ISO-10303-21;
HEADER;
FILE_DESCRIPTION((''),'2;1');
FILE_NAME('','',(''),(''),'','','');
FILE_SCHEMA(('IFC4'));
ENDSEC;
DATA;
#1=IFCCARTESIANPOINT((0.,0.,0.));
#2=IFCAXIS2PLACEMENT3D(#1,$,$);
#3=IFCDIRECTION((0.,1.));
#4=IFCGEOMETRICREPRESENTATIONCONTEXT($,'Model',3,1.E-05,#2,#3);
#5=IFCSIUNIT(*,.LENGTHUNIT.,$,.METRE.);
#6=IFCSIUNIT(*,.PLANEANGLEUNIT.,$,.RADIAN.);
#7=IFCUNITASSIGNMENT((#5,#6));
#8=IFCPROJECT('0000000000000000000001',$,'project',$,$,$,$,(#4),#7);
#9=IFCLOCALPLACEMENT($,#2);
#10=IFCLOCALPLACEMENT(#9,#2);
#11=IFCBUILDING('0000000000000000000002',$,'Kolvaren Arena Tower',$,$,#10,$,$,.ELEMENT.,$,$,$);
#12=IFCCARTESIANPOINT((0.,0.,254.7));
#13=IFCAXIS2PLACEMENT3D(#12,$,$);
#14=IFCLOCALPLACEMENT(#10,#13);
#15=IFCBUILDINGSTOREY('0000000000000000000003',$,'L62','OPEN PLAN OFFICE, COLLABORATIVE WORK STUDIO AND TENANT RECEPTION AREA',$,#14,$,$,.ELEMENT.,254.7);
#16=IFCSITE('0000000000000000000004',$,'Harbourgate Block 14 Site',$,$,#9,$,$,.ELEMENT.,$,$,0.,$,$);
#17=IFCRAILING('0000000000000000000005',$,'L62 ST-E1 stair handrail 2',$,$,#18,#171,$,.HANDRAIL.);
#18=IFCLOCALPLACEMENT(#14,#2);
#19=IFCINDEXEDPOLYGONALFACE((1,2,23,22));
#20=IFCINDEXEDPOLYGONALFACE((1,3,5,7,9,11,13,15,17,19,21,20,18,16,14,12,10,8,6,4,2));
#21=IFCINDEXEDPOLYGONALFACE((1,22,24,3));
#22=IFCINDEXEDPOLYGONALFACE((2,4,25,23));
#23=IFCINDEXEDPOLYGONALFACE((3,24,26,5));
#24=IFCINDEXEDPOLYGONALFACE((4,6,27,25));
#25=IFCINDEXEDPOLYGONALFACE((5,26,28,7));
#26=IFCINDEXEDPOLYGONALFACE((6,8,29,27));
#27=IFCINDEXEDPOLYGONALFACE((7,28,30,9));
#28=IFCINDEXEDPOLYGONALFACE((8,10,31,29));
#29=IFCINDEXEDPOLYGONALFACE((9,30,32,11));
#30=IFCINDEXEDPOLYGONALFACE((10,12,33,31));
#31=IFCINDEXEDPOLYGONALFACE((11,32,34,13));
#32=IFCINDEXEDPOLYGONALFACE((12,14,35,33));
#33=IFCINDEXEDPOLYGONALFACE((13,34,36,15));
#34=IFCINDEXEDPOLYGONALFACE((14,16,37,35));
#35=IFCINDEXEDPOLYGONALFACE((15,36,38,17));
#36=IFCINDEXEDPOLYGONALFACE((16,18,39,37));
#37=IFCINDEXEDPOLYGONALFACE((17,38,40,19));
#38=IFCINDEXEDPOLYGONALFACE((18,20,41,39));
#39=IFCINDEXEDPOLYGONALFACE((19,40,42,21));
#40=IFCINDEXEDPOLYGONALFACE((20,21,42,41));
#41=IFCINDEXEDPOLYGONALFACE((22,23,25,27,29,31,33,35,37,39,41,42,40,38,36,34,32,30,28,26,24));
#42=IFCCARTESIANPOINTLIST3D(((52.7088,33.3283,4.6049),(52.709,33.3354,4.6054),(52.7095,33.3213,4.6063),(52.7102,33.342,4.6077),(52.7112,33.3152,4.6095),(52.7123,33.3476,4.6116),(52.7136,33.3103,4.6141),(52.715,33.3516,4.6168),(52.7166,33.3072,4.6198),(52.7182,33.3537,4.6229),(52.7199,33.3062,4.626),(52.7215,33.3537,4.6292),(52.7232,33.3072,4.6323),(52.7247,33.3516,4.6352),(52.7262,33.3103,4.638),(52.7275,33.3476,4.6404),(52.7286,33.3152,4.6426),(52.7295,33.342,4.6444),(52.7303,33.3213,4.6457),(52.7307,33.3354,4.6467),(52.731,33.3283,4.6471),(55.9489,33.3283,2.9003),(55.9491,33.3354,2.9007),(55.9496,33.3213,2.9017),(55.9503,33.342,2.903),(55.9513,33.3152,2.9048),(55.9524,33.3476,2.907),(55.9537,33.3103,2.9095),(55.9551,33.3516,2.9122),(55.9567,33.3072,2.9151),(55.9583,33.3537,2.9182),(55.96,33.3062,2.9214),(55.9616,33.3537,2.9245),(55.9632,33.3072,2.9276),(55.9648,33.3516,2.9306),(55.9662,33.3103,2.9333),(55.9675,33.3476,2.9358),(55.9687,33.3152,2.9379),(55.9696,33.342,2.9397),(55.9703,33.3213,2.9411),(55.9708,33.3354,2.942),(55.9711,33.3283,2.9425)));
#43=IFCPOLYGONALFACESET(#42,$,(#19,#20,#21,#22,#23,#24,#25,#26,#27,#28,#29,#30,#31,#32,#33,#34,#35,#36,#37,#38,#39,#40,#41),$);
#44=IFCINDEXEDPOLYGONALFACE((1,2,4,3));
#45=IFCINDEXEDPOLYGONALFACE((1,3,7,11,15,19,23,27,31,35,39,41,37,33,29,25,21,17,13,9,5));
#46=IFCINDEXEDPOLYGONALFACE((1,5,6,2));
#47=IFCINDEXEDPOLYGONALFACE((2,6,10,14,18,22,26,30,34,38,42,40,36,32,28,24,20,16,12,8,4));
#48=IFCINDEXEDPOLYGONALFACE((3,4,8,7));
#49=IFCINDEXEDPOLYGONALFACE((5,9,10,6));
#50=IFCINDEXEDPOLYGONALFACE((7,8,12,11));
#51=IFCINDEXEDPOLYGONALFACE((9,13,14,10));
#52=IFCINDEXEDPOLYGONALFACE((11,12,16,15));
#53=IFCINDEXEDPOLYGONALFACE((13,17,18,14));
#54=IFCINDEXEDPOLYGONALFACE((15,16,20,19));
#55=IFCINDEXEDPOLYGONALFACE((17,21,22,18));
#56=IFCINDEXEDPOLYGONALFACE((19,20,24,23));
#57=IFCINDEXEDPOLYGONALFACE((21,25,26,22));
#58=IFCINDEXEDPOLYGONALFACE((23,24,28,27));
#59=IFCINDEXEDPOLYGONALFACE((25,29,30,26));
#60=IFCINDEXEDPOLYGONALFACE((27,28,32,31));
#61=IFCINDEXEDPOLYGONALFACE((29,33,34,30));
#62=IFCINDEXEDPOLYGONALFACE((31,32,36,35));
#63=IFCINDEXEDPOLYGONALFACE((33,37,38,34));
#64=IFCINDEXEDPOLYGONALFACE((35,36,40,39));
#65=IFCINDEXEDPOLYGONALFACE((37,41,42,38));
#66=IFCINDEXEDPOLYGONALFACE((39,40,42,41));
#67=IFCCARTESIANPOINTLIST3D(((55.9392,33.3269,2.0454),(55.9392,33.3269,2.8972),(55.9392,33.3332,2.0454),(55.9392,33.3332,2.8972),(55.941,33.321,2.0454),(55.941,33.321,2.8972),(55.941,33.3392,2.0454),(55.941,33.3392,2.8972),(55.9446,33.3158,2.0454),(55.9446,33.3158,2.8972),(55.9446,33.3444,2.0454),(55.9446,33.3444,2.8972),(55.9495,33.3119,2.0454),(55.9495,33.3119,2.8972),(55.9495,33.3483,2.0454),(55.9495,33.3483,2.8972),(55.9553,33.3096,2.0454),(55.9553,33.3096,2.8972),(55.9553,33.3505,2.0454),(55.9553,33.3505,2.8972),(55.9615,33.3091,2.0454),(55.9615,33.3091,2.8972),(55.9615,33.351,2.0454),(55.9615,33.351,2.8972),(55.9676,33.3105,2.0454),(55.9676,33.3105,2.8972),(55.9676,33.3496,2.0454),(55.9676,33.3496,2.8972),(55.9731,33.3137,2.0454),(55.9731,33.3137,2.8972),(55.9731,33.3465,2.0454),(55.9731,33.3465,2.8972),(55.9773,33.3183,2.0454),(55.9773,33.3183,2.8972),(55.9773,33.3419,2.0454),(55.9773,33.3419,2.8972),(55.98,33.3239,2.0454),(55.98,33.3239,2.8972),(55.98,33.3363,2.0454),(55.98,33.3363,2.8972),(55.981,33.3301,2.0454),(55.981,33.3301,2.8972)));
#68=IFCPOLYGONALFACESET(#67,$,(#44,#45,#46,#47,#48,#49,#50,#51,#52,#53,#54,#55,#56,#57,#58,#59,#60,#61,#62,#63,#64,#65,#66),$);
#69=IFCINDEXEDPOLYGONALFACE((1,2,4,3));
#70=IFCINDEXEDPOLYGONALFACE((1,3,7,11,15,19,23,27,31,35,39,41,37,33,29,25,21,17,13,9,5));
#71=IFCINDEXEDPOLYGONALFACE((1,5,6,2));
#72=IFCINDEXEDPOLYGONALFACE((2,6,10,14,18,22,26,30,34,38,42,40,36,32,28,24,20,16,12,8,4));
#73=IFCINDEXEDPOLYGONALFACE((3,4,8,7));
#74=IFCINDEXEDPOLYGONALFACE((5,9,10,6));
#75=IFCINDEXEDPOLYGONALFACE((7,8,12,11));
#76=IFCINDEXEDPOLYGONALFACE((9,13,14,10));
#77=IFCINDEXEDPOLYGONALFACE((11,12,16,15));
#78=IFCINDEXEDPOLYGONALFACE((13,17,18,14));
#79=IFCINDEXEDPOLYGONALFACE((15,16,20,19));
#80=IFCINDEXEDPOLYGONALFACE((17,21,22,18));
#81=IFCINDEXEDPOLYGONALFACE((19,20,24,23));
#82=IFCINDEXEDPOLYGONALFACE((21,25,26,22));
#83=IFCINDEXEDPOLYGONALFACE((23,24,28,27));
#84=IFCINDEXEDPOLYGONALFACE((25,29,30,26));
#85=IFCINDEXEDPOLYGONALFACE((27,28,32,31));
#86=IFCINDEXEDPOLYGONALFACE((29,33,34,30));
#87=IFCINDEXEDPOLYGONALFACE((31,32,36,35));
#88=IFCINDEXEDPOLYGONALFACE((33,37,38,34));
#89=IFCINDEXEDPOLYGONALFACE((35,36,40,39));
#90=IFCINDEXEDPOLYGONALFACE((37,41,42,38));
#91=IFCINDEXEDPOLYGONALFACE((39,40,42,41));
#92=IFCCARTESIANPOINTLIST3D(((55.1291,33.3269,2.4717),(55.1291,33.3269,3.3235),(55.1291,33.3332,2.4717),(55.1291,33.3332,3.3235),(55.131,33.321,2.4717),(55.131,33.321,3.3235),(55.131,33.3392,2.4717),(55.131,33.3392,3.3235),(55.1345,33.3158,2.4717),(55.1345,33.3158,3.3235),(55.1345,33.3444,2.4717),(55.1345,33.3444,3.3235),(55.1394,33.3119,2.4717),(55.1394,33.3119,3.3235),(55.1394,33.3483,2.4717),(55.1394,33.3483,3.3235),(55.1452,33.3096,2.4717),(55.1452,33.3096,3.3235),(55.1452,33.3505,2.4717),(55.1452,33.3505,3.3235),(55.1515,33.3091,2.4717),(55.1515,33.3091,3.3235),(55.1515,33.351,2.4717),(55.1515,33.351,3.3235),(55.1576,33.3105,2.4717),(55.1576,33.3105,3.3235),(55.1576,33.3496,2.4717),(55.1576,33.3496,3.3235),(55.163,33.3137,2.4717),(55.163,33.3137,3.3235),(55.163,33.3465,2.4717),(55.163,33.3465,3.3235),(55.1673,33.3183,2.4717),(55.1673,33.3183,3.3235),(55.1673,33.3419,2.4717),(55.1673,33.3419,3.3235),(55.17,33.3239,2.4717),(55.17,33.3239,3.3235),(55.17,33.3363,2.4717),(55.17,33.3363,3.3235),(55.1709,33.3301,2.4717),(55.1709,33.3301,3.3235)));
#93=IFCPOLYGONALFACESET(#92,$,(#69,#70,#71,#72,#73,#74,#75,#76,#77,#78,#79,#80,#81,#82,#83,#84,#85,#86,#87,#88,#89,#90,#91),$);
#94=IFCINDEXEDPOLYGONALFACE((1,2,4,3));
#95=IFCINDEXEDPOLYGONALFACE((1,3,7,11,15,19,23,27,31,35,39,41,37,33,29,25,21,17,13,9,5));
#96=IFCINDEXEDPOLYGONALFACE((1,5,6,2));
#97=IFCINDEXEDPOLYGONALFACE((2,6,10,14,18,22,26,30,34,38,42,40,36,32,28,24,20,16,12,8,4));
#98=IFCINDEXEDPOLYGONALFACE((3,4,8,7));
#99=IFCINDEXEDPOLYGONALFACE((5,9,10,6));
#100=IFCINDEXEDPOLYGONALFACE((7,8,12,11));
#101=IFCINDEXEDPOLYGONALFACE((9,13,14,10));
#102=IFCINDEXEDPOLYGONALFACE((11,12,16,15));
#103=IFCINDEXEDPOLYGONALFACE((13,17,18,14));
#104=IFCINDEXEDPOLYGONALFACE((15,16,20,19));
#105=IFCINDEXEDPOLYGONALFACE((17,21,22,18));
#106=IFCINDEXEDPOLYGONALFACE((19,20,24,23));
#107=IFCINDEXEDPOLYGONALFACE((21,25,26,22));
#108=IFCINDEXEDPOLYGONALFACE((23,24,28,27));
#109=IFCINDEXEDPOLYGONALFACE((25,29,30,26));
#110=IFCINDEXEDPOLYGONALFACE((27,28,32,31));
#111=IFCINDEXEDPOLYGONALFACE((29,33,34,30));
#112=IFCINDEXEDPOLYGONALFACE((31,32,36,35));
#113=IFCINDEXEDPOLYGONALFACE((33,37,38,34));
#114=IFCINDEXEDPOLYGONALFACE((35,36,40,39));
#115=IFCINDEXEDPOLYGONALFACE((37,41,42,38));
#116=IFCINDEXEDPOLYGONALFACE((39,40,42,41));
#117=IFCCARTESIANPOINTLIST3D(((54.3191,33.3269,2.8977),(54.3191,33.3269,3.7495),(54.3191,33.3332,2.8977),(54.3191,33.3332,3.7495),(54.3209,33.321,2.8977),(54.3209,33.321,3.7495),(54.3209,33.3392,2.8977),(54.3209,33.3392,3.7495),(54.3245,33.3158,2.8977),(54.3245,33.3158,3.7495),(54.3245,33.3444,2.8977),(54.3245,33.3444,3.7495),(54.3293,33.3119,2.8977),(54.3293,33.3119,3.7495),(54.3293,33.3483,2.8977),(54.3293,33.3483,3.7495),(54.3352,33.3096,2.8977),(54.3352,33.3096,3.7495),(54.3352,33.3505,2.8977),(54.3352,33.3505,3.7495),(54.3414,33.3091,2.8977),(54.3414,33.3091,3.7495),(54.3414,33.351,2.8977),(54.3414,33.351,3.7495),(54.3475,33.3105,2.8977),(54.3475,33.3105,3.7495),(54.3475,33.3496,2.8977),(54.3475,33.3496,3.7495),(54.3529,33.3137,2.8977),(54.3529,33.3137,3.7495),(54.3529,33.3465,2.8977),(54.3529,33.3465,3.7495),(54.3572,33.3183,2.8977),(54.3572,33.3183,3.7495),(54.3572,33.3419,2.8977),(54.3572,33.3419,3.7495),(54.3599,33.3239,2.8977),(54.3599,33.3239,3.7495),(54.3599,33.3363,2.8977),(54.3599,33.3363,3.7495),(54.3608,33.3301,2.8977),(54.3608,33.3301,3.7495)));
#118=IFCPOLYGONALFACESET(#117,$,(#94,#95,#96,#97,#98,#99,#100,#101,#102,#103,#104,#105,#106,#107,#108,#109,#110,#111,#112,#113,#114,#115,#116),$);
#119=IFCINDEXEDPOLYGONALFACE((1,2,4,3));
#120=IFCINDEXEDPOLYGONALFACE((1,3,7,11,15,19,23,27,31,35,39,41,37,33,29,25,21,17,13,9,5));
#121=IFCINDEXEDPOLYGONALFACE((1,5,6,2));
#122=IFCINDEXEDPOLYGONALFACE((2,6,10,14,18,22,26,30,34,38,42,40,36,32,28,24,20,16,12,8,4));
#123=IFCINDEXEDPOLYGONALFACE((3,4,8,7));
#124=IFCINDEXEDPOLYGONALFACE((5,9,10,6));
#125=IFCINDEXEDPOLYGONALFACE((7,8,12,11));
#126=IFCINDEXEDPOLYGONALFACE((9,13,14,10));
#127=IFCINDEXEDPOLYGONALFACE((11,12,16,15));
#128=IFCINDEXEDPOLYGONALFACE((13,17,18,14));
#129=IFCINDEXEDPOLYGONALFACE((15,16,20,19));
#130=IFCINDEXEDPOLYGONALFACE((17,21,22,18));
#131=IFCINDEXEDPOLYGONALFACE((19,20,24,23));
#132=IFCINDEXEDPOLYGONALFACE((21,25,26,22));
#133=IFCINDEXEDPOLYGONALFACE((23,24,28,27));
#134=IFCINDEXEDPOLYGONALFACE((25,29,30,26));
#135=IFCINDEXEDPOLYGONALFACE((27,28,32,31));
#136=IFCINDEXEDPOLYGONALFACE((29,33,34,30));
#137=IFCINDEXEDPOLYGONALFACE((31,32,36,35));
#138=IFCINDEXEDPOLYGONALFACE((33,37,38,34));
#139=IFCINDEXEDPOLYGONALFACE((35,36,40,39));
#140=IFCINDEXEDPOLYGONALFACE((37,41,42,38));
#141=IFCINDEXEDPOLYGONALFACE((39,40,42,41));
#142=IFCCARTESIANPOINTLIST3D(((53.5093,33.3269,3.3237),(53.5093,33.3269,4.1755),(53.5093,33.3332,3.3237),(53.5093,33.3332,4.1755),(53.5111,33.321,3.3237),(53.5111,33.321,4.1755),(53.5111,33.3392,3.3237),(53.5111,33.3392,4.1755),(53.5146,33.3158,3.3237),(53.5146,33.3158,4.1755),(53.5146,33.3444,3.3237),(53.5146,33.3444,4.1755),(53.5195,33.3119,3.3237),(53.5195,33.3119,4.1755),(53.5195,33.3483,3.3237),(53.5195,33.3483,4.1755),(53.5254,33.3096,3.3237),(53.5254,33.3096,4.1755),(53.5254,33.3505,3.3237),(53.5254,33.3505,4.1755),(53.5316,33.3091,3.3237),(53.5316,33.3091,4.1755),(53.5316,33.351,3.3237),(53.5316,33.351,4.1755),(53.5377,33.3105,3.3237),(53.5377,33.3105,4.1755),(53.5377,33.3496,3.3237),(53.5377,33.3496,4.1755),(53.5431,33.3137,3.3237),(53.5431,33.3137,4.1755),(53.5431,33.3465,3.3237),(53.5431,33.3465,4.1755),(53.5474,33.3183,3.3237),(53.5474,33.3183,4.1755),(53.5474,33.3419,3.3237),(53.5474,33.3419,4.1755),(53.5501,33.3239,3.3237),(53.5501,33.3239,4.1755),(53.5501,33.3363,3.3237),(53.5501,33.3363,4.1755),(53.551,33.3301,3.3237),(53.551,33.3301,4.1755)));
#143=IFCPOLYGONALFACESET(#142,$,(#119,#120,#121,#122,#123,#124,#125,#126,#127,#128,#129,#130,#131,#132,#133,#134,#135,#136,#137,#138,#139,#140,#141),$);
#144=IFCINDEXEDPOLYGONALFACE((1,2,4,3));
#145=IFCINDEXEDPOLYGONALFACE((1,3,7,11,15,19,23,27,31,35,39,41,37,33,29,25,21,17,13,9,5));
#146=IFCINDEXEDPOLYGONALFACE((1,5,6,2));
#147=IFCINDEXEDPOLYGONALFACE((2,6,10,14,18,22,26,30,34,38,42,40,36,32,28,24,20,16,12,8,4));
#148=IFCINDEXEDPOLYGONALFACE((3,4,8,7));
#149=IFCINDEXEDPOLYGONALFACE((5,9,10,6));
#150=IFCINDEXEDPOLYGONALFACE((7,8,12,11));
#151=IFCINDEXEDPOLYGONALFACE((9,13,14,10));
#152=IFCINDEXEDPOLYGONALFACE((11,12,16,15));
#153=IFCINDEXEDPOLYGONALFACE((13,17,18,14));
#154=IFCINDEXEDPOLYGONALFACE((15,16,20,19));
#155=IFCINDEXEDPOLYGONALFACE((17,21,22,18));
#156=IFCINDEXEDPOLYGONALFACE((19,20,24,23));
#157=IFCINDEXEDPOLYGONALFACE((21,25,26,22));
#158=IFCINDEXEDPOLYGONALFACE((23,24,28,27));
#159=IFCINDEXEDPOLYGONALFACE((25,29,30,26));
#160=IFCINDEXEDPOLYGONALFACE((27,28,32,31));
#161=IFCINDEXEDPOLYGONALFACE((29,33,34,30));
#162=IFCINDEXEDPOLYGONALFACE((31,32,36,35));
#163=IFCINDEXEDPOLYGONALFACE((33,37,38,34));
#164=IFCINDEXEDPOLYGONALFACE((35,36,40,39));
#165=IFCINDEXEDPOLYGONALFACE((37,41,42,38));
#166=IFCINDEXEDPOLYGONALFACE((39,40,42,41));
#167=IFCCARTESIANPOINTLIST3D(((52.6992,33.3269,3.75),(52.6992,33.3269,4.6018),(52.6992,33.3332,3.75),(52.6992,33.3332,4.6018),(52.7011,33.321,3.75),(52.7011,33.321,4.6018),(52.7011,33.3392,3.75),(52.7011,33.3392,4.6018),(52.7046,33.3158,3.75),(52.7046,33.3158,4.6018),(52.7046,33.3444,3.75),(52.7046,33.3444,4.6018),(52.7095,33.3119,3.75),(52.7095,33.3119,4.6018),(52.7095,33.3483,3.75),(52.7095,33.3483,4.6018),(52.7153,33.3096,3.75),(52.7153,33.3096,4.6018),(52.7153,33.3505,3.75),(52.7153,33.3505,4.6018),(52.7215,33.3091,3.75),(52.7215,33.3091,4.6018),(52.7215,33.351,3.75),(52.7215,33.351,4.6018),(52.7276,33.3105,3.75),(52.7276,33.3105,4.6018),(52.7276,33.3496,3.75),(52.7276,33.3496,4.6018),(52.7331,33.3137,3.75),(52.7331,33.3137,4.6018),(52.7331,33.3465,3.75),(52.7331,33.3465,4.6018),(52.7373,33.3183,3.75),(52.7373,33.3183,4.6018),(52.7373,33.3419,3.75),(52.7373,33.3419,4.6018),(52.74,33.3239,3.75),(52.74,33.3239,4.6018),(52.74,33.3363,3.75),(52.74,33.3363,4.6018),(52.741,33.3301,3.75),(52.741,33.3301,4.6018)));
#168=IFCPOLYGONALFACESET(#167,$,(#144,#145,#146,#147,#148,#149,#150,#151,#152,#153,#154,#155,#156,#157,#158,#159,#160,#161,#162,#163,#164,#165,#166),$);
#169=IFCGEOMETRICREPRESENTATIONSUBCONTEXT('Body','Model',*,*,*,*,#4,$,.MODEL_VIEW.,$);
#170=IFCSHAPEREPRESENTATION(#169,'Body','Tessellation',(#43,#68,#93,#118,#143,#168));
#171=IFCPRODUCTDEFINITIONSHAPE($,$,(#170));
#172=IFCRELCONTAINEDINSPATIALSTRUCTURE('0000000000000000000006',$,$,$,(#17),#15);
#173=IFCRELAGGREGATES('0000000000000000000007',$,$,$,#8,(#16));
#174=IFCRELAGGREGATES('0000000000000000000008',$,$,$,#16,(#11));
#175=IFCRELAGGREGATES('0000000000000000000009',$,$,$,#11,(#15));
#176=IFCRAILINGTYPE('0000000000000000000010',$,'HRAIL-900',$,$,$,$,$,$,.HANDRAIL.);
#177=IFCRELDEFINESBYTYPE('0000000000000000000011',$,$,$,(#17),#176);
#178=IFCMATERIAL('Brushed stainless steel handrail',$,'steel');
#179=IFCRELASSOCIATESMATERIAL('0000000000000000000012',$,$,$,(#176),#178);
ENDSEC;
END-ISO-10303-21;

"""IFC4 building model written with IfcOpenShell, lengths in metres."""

from ifc_helpers import new_model, si_unit, direction, frame, origin, origin_2d, place, context, subcontext, project, spatial, circle, extrude, material, type_object, element, save


model = new_model("IFC4")

# Units and contexts
model_context = context("Model", 3, precision=1e-05, world=origin(), true_north=direction((0.0, 1.0)))
body_context = subcontext(model_context, "Body", "Model", "MODEL_VIEW")
ifc_project = project(units=[si_unit("LENGTHUNIT", "METRE"), si_unit("PLANEANGLEUNIT", "RADIAN")], contexts=[model_context])

# Site, building, storey
site_placement = place(None, origin())
site = spatial("IfcSite", under=ifc_project, at=site_placement, Name="Harbourgate Block 14 Site", CompositionType="ELEMENT", RefElevation=0.0)
building_placement = place(site_placement, origin())
building = spatial("IfcBuilding", under=site, at=building_placement, Name="Kolvaren Arena Tower", CompositionType="ELEMENT")
storey_placement = place(building_placement, frame((0.0, 0.0, 254.7)))
storey = spatial("IfcBuildingStorey", under=building, at=storey_placement, Name="L62", Description="OPEN PLAN OFFICE, COLLABORATIVE WORK STUDIO AND TENANT RECEPTION AREA", CompositionType="ELEMENT", Elevation=254.7)

# Railing
ifc_material_1 = material(Name="Brushed stainless steel handrail", Category="steel")
railing_type_1 = type_object("IfcRailingType", Name="HRAIL-900", PredefinedType="HANDRAIL", material=ifc_material_1)
for number, where, name in (
    (1, (55.96, 33.3301, 2.0454), "L62 ST-E1 stair handrail 2"),
):
    element("IfcRailing", number, at=place(storey_placement, frame(where)), inside=storey, type_object=railing_type_1, Name=name, PredefinedType="HANDRAIL", context=body_context, shape_type="SweptSolid", body=[
        extrude(circle(Radius=0.0239, at=origin_2d()), frame((0.0, 0.0, 0.876), z_axis=(-0.884993, 0.0, 0.465604), x_axis=(0.0, -1.0, 0.0)), (0.0, 0.0, 1.0), 3.6611),
        extrude(circle(Radius=0.021, at=origin_2d()), origin(), (0.0, 0.0, 1.0), 0.8518),
        extrude(circle(Radius=0.021, at=origin_2d()), frame((-0.8101, 0.0, 0.4263)), (0.0, 0.0, 1.0), 0.8518),
        extrude(circle(Radius=0.021, at=origin_2d()), frame((-1.6201, 0.0, 0.8523)), (0.0, 0.0, 1.0), 0.8518),
        extrude(circle(Radius=0.021, at=origin_2d()), frame((-2.4299, 0.0, 1.2783)), (0.0, 0.0, 1.0), 0.8518),
        extrude(circle(Radius=0.021, at=origin_2d()), frame((-3.24, 0.0, 1.7046)), (0.0, 0.0, 1.0), 0.8518),
    ])

save(model, "model.ifc")
